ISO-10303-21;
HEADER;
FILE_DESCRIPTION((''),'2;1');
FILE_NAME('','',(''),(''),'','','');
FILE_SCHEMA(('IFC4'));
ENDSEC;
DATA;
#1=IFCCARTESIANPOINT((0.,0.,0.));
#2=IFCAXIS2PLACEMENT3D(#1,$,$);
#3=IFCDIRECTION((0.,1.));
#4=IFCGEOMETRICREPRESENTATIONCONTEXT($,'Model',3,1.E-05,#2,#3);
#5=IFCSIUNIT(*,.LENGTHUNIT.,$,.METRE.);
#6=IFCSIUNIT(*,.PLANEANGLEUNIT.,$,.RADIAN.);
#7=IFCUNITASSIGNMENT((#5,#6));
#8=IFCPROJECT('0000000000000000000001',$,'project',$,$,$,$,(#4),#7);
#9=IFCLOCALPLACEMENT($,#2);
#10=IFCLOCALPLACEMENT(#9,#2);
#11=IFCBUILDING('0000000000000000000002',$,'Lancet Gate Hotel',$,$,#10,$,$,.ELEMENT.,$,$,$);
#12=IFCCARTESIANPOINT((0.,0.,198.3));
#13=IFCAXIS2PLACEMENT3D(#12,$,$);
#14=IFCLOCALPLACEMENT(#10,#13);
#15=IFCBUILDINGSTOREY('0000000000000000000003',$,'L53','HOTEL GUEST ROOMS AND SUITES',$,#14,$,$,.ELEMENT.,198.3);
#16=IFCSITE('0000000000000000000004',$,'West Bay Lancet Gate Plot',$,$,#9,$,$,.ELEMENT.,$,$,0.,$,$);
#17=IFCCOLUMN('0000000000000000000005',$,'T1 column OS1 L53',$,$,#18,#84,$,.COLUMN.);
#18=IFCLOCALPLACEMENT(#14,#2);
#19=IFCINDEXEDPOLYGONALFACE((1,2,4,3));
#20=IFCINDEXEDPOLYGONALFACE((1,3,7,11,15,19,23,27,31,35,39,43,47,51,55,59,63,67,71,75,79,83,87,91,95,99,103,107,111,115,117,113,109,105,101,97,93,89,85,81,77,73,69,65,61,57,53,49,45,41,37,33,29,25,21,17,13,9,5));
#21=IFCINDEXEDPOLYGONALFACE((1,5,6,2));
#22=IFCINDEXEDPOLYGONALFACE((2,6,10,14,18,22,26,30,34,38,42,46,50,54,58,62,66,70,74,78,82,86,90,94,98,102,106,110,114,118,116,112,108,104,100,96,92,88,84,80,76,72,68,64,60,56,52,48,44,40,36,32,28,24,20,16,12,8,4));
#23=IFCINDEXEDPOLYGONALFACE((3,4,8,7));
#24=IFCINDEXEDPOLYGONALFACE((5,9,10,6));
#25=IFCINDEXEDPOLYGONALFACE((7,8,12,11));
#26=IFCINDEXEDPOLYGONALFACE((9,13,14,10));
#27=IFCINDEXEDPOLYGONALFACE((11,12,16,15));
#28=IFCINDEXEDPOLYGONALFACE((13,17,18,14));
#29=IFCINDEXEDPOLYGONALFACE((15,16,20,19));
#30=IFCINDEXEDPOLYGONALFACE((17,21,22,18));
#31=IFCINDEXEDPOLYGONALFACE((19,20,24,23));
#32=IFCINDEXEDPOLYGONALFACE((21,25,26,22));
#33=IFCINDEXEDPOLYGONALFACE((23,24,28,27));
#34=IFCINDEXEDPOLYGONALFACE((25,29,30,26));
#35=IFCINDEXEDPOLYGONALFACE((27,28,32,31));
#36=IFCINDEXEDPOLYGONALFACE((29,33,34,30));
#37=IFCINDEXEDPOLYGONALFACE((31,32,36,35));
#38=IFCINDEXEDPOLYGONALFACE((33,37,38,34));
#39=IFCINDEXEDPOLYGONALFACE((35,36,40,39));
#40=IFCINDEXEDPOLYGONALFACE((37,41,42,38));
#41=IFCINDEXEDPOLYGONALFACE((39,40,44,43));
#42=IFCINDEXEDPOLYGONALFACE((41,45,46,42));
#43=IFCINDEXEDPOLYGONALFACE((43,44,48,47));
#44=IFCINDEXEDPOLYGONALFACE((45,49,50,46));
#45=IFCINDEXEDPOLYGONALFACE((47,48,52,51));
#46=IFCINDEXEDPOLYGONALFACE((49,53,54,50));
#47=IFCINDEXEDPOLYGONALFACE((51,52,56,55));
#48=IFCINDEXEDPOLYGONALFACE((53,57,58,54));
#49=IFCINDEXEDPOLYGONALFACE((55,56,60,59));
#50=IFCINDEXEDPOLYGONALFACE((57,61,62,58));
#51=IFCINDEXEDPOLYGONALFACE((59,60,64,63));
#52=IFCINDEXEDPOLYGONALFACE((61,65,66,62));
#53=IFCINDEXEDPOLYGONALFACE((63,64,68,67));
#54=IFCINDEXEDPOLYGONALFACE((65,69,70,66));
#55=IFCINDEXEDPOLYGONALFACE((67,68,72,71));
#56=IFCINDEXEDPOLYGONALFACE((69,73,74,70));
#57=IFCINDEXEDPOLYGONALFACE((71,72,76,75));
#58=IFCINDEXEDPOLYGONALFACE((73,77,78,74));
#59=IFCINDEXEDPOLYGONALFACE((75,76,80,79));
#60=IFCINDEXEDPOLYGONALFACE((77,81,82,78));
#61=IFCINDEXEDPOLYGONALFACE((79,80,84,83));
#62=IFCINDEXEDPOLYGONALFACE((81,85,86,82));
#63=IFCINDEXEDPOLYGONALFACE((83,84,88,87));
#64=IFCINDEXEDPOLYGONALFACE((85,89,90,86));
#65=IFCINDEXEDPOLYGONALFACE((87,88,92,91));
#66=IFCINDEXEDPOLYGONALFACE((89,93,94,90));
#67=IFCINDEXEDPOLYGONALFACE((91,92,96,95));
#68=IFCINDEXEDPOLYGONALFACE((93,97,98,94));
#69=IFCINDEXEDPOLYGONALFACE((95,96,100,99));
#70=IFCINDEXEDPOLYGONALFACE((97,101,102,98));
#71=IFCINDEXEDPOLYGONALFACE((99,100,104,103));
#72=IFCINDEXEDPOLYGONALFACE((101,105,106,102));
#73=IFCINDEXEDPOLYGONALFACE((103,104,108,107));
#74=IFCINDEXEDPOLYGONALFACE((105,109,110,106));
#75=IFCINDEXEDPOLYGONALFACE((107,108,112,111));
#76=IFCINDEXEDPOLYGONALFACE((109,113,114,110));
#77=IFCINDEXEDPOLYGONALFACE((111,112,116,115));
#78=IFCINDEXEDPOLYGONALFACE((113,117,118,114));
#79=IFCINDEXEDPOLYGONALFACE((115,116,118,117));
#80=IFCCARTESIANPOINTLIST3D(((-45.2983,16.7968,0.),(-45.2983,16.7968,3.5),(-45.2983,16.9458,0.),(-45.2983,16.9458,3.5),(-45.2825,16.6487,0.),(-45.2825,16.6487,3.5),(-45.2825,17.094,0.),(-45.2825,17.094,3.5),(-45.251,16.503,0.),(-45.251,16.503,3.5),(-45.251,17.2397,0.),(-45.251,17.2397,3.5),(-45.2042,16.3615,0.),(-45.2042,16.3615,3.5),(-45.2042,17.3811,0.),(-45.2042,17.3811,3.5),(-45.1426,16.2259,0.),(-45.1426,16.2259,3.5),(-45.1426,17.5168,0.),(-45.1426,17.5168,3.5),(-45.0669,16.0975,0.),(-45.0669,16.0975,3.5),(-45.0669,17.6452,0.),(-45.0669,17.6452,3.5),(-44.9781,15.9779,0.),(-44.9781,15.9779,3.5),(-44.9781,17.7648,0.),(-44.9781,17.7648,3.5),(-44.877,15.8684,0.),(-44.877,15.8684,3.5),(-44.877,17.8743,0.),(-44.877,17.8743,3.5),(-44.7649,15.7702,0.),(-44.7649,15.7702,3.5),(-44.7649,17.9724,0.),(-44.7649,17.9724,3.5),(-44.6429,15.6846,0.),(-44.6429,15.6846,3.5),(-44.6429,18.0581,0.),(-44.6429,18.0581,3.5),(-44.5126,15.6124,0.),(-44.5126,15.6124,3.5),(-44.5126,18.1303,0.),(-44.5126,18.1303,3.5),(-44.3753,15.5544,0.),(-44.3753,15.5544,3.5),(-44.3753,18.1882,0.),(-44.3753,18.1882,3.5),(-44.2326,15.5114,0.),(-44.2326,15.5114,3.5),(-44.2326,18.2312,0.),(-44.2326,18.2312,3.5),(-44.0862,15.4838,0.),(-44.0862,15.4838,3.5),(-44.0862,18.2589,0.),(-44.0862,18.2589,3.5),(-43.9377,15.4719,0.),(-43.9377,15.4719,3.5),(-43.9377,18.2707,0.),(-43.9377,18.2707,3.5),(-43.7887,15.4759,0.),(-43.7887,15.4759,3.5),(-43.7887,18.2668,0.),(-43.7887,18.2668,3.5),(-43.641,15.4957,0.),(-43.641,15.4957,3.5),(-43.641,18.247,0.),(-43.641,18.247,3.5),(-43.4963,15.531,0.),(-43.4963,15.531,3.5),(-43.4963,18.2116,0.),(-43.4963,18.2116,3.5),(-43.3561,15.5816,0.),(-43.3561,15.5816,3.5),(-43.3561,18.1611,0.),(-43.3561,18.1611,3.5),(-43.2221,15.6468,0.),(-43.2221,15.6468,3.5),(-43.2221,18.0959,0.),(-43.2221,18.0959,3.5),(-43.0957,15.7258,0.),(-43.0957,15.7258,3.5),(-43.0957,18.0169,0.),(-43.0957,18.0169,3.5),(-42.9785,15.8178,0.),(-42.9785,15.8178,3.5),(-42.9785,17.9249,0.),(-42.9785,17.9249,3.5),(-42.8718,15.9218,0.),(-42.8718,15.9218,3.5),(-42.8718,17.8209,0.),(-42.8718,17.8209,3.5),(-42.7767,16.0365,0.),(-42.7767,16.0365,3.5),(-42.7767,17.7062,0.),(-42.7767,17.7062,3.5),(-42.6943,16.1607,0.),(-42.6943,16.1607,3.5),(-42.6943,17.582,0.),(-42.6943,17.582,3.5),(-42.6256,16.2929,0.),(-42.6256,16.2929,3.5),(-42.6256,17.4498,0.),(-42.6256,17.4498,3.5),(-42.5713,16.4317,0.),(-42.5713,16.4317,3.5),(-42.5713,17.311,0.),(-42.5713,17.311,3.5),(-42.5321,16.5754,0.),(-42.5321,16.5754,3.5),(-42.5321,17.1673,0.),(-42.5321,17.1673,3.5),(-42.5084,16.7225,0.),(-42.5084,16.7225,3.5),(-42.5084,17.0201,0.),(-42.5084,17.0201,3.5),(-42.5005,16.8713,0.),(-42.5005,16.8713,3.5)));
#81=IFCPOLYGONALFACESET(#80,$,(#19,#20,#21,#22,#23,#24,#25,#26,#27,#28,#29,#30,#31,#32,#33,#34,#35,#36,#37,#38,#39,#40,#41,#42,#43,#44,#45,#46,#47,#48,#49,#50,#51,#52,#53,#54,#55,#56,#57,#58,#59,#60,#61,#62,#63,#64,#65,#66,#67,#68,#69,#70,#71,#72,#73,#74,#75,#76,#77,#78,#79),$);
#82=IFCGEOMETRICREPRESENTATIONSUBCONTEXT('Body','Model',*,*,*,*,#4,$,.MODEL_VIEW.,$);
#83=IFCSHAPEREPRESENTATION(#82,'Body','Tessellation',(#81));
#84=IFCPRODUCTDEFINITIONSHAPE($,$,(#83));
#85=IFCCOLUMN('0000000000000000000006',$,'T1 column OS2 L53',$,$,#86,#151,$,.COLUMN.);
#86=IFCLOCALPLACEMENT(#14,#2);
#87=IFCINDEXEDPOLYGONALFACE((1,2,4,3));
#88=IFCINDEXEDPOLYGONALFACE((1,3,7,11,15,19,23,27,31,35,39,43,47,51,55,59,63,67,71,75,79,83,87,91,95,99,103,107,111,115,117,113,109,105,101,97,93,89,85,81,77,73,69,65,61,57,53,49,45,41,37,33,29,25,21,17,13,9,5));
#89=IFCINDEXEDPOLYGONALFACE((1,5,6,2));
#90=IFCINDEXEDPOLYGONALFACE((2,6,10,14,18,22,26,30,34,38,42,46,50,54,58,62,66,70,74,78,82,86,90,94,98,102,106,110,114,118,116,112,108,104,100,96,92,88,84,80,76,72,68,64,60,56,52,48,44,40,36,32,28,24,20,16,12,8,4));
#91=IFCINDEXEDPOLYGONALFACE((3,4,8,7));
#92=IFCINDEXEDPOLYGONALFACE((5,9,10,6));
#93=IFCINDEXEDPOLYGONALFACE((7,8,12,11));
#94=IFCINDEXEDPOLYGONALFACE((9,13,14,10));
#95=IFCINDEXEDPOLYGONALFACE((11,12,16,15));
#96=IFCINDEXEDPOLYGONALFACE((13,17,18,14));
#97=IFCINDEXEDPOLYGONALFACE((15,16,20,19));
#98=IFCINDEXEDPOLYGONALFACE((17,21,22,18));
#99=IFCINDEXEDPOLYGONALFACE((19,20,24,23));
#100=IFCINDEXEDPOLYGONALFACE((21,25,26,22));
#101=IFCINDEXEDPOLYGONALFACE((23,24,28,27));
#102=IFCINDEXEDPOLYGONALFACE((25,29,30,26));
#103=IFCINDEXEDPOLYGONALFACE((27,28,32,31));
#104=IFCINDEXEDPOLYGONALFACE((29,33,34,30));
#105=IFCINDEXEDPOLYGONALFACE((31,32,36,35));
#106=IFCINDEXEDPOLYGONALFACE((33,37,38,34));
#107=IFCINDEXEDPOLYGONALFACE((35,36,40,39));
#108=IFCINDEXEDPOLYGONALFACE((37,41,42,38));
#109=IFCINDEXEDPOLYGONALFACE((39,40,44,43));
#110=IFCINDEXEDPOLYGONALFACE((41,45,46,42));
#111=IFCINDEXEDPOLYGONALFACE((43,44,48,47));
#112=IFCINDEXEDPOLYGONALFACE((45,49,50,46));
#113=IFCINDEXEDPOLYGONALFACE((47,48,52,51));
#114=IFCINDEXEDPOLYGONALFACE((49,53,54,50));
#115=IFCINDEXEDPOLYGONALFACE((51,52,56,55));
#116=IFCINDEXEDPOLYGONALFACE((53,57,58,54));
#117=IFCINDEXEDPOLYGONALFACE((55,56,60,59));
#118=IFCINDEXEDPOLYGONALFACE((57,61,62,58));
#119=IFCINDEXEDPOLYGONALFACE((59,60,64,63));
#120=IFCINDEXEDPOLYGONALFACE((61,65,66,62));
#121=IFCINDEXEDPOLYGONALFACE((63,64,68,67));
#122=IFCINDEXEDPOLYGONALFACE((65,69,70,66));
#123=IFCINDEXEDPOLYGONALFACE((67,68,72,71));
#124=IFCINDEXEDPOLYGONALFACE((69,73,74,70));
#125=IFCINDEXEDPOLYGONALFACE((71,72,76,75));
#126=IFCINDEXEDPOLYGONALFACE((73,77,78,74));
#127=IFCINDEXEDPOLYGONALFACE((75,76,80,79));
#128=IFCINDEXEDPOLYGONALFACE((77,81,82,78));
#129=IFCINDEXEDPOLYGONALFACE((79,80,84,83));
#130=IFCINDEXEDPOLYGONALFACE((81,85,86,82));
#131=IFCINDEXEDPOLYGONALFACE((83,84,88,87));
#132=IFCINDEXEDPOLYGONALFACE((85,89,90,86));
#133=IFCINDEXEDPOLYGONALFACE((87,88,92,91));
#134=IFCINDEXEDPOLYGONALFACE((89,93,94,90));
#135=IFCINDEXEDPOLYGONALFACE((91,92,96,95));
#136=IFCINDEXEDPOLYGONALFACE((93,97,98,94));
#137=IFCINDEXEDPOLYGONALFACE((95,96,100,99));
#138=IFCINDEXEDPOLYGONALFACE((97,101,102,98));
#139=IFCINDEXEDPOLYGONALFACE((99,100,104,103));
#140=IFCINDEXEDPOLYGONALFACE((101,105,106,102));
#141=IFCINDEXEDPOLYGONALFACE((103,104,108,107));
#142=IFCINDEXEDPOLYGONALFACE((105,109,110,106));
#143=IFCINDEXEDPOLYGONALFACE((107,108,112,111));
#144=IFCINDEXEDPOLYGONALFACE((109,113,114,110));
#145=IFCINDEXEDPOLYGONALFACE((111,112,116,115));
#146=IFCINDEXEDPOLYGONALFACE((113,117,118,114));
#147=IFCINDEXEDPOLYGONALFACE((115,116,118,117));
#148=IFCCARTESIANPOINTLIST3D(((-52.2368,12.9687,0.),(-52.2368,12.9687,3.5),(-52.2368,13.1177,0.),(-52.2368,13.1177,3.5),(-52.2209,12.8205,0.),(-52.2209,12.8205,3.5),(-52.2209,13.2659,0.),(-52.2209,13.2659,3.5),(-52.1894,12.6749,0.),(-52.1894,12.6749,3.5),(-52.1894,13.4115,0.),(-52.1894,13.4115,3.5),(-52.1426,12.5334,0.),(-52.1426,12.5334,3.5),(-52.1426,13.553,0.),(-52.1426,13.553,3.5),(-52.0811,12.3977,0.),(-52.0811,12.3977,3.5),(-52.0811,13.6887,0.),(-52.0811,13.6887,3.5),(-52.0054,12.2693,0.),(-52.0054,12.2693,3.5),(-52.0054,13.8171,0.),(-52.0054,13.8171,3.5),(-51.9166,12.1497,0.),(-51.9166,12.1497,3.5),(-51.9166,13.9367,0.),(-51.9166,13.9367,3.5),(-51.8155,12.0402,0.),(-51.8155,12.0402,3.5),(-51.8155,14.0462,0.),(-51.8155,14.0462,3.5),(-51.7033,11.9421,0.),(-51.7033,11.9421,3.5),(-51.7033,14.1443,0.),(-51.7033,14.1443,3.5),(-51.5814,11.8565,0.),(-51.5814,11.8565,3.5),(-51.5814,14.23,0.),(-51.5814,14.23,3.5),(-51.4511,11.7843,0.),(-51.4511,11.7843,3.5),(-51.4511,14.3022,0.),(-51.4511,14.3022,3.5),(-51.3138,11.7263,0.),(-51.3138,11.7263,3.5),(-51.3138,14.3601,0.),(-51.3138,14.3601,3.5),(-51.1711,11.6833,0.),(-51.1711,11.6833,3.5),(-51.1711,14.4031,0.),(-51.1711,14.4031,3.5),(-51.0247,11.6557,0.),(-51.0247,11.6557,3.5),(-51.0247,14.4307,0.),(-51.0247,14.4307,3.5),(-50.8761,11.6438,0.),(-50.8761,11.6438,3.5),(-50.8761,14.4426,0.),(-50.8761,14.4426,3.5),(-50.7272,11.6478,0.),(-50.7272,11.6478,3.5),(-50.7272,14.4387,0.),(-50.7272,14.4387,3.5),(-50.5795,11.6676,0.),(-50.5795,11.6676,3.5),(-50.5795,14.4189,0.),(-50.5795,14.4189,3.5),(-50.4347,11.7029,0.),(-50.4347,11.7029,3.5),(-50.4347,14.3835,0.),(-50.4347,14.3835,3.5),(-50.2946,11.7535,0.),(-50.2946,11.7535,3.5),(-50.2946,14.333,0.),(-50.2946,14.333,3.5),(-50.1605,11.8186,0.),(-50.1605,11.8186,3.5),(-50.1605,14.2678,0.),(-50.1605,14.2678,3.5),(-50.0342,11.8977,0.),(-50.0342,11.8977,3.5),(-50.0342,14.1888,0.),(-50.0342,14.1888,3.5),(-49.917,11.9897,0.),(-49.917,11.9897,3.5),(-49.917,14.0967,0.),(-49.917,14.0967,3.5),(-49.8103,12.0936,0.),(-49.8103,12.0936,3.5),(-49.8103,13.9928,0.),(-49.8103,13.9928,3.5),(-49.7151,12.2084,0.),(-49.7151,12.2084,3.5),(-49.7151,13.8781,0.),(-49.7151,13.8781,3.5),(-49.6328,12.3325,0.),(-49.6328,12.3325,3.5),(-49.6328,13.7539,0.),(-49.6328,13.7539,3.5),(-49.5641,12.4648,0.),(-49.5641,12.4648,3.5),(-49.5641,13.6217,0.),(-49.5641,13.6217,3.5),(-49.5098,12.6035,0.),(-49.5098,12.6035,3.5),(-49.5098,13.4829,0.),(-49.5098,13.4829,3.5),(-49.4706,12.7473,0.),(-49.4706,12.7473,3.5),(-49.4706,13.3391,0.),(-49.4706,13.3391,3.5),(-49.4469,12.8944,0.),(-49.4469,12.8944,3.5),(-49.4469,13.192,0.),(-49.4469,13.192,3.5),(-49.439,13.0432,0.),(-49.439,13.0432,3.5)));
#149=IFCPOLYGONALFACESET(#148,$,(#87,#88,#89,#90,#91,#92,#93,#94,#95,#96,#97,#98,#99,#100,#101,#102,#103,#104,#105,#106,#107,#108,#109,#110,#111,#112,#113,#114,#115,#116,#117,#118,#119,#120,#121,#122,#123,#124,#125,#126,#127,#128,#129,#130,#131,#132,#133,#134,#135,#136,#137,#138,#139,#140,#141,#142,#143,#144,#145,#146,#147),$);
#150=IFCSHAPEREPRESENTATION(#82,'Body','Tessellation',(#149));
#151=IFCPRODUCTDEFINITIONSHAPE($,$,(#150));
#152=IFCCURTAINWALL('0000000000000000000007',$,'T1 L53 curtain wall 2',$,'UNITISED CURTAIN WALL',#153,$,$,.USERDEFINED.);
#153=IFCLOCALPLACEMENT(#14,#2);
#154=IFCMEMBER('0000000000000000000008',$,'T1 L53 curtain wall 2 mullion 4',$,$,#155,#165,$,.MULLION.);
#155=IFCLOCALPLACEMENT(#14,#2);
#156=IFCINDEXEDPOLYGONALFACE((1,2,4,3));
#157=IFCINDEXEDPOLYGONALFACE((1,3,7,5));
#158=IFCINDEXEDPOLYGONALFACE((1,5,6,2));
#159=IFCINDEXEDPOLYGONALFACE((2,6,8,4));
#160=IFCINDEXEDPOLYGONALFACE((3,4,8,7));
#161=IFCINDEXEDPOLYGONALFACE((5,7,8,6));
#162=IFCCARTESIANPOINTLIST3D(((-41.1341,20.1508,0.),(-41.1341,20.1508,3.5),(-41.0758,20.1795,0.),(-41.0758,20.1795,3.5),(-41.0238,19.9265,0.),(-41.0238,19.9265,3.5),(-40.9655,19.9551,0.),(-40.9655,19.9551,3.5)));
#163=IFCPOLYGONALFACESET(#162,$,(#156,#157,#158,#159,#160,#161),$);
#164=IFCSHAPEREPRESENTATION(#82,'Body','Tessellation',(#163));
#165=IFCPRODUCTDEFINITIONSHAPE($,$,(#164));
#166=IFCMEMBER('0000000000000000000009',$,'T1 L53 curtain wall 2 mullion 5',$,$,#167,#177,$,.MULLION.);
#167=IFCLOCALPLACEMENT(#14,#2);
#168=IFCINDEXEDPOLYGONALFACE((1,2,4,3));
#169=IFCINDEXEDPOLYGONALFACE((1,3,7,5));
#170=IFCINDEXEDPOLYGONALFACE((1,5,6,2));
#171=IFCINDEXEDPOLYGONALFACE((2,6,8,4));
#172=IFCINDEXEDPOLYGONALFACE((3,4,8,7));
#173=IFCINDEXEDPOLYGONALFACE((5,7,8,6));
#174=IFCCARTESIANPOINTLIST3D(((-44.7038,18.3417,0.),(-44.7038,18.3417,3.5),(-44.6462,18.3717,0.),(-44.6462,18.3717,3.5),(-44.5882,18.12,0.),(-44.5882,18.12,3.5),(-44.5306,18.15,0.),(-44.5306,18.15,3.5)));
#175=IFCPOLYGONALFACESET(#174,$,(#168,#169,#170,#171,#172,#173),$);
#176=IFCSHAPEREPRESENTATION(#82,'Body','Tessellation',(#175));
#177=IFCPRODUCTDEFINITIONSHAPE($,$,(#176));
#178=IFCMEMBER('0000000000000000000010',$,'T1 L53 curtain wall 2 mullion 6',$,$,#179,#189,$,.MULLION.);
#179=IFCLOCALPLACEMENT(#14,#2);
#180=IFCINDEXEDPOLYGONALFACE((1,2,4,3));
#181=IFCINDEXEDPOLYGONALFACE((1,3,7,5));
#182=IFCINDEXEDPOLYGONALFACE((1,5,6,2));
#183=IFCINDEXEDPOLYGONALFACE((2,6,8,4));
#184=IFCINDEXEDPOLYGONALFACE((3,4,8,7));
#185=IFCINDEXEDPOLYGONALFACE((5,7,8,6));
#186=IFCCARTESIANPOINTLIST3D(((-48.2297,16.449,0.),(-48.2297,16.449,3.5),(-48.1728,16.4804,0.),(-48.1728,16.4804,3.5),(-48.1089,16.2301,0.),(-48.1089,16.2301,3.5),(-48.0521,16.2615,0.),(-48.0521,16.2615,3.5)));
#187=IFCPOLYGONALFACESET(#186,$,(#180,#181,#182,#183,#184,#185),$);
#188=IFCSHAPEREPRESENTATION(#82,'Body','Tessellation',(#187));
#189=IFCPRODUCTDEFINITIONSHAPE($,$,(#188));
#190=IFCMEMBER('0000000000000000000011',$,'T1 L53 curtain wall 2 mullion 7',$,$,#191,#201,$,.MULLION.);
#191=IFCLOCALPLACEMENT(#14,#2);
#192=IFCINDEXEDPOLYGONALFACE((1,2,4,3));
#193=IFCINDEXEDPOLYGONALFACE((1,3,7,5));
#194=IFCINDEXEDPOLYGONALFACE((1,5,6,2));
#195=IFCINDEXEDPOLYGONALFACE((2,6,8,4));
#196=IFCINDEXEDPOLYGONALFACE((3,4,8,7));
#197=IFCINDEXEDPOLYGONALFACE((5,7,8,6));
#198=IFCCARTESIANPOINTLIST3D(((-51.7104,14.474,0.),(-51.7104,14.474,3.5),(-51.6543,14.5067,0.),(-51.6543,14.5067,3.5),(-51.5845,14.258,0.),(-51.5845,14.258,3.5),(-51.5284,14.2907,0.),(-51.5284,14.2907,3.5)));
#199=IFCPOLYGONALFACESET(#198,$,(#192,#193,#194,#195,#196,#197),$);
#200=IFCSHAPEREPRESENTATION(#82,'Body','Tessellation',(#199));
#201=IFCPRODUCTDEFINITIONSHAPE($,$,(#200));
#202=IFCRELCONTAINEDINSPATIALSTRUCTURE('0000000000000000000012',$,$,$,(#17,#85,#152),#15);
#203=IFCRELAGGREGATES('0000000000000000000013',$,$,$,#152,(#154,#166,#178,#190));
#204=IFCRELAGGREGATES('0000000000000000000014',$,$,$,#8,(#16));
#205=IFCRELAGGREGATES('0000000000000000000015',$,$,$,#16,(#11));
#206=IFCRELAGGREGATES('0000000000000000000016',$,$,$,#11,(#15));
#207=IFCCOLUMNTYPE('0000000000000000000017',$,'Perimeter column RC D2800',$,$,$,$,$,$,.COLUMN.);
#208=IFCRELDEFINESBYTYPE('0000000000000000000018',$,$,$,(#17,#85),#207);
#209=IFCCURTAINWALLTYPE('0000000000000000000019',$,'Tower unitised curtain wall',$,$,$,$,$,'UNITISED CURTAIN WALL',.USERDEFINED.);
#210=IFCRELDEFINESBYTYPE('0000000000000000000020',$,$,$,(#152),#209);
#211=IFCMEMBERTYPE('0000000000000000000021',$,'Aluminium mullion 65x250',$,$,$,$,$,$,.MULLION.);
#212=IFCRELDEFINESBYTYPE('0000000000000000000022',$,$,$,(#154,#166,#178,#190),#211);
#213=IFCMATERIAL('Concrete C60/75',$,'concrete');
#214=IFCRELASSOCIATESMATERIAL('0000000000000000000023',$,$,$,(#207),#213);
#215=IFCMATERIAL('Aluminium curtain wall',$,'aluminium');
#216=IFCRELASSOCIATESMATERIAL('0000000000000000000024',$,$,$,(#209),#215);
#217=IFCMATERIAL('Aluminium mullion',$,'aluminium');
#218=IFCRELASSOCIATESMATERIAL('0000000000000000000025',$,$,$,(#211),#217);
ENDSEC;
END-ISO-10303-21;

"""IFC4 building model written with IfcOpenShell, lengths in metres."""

from ifc_helpers import new_model, si_unit, direction, frame, origin, origin_2d, place, context, subcontext, project, spatial, rectangle, circle, extrude, material, material_profile, profile_set, type_object, element, aggregate, save


model = new_model("IFC4")

# Units and contexts
model_context = context("Model", 3, precision=1e-05, world=origin(), true_north=direction((0.0, 1.0)))
body_context = subcontext(model_context, "Body", "Model", "MODEL_VIEW")
ifc_project = project(units=[si_unit("LENGTHUNIT", "METRE"), si_unit("PLANEANGLEUNIT", "RADIAN")], contexts=[model_context])

# Site, building, storey
site_placement = place(None, origin())
site = spatial("IfcSite", under=ifc_project, at=site_placement, Name="West Bay Lancet Gate Plot", CompositionType="ELEMENT", RefElevation=0.0)
building_placement = place(site_placement, origin())
building = spatial("IfcBuilding", under=site, at=building_placement, Name="Lancet Gate Hotel", CompositionType="ELEMENT")
storey_placement = place(building_placement, frame((0.0, 0.0, 198.3)))
storey = spatial("IfcBuildingStorey", under=building, at=storey_placement, Name="L53", Description="HOTEL GUEST ROOMS AND SUITES", CompositionType="ELEMENT", Elevation=198.3)

# Columns
ifc_material_1 = material(Name="Concrete C60/75", Category="concrete")
ifc_material_profile_1 = material_profile(ifc_material_1, circle(Radius=1.3999, at=origin_2d()), Name="RC D2800")
ifc_profile_set_1 = profile_set([ifc_material_profile_1], Name="Concrete C60/75")
column_type = type_object("IfcColumnType", Name="Perimeter column RC D2800", PredefinedType="COLUMN", material=ifc_profile_set_1)
for number, where, z_axis, x_axis, name in (
    (1, (-43.9004, 16.8713, 0.0), (0.0, 0.0, 1.0), (1.0, 0.0, 0.0), "T1 column OS1 L53"),
    (2, (-50.8389, 13.0432, 0.0), (0.0, 0.0, 1.0), (1.0, 0.0, 0.0), "T1 column OS2 L53"),
):
    element("IfcColumn", number, at=place(storey_placement, frame(where, z_axis=z_axis, x_axis=x_axis)), inside=storey, type_object=column_type, Name=name, PredefinedType="COLUMN", context=body_context, shape_type="SweptSolid", body=[
        extrude(circle(Radius=1.3999, at=origin_2d()), origin(), (0.0, 0.0, 1.0), 3.5),
    ])

# Curtain wall, members
ifc_material_2 = material(Name="Aluminium curtain wall", Category="aluminium")
curtain_wall_type = type_object("IfcCurtainWallType", Name="Tower unitised curtain wall", ElementType="UNITISED CURTAIN WALL", PredefinedType="USERDEFINED", material=ifc_material_2)
curtain_wall_placement = place(storey_placement, origin())
curtain_wall = element("IfcCurtainWall", 3, at=curtain_wall_placement, inside=storey, type_object=curtain_wall_type, Name="T1 L53 curtain wall 2", ObjectType="UNITISED CURTAIN WALL", PredefinedType="USERDEFINED")
ifc_material_3 = material(Name="Aluminium mullion", Category="aluminium")
ifc_material_profile_2 = material_profile(ifc_material_3, rectangle(XDim=0.0649, YDim=0.25, at=origin_2d()), Name="MULLION 65x250")
ifc_profile_set_2 = profile_set([ifc_material_profile_2], Name="Aluminium mullion")
member_type_1 = type_object("IfcMemberType", Name="Aluminium mullion 65x250", PredefinedType="MULLION", material=ifc_profile_set_2)
member_1_placement = place(storey_placement, frame((-41.0498, 20.053, 0.0), z_axis=(0.0, 0.0, 1.0), x_axis=(-0.897324, -0.441372, 0.0)))
member_1 = element("IfcMember", 4, at=member_1_placement, type_object=member_type_1, Name="T1 L53 curtain wall 2 mullion 4", PredefinedType="MULLION", context=body_context, shape_type="SweptSolid", body=[
    extrude(rectangle(XDim=0.0649, YDim=0.25, at=origin_2d()), origin(), (0.0, 0.0, 1.0), 3.5),
])
member_2_placement = place(storey_placement, frame((-44.6172, 18.2458, 0.0), z_axis=(0.0, 0.0, 1.0), x_axis=(-0.886694, -0.462356, 0.0)))
member_2 = element("IfcMember", 5, at=member_2_placement, type_object=member_type_1, Name="T1 L53 curtain wall 2 mullion 5", PredefinedType="MULLION", context=body_context, shape_type="SweptSolid", body=[
    extrude(rectangle(XDim=0.0649, YDim=0.25, at=origin_2d()), origin(), (0.0, 0.0, 1.0), 3.5),
])
member_3_placement = place(storey_placement, frame((-48.1409, 16.3552, 0.0), z_axis=(0.0, 0.0, 1.0), x_axis=(-0.875574, -0.483084, 0.0)))
member_3 = element("IfcMember", 6, at=member_3_placement, type_object=member_type_1, Name="T1 L53 curtain wall 2 mullion 6", PredefinedType="MULLION", context=body_context, shape_type="SweptSolid", body=[
    extrude(rectangle(XDim=0.0649, YDim=0.25, at=origin_2d()), origin(), (0.0, 0.0, 1.0), 3.5),
])
member_4_placement = place(storey_placement, frame((-51.6194, 14.3823, 0.0), z_axis=(0.0, 0.0, 1.0), x_axis=(-0.863969, -0.503545, 0.0)))
member_4 = element("IfcMember", 7, at=member_4_placement, type_object=member_type_1, Name="T1 L53 curtain wall 2 mullion 7", PredefinedType="MULLION", context=body_context, shape_type="SweptSolid", body=[
    extrude(rectangle(XDim=0.0649, YDim=0.25, at=origin_2d()), origin(), (0.0, 0.0, 1.0), 3.5),
])

aggregate(curtain_wall, [member_1, member_2, member_3, member_4])

save(model, "model.ifc")
